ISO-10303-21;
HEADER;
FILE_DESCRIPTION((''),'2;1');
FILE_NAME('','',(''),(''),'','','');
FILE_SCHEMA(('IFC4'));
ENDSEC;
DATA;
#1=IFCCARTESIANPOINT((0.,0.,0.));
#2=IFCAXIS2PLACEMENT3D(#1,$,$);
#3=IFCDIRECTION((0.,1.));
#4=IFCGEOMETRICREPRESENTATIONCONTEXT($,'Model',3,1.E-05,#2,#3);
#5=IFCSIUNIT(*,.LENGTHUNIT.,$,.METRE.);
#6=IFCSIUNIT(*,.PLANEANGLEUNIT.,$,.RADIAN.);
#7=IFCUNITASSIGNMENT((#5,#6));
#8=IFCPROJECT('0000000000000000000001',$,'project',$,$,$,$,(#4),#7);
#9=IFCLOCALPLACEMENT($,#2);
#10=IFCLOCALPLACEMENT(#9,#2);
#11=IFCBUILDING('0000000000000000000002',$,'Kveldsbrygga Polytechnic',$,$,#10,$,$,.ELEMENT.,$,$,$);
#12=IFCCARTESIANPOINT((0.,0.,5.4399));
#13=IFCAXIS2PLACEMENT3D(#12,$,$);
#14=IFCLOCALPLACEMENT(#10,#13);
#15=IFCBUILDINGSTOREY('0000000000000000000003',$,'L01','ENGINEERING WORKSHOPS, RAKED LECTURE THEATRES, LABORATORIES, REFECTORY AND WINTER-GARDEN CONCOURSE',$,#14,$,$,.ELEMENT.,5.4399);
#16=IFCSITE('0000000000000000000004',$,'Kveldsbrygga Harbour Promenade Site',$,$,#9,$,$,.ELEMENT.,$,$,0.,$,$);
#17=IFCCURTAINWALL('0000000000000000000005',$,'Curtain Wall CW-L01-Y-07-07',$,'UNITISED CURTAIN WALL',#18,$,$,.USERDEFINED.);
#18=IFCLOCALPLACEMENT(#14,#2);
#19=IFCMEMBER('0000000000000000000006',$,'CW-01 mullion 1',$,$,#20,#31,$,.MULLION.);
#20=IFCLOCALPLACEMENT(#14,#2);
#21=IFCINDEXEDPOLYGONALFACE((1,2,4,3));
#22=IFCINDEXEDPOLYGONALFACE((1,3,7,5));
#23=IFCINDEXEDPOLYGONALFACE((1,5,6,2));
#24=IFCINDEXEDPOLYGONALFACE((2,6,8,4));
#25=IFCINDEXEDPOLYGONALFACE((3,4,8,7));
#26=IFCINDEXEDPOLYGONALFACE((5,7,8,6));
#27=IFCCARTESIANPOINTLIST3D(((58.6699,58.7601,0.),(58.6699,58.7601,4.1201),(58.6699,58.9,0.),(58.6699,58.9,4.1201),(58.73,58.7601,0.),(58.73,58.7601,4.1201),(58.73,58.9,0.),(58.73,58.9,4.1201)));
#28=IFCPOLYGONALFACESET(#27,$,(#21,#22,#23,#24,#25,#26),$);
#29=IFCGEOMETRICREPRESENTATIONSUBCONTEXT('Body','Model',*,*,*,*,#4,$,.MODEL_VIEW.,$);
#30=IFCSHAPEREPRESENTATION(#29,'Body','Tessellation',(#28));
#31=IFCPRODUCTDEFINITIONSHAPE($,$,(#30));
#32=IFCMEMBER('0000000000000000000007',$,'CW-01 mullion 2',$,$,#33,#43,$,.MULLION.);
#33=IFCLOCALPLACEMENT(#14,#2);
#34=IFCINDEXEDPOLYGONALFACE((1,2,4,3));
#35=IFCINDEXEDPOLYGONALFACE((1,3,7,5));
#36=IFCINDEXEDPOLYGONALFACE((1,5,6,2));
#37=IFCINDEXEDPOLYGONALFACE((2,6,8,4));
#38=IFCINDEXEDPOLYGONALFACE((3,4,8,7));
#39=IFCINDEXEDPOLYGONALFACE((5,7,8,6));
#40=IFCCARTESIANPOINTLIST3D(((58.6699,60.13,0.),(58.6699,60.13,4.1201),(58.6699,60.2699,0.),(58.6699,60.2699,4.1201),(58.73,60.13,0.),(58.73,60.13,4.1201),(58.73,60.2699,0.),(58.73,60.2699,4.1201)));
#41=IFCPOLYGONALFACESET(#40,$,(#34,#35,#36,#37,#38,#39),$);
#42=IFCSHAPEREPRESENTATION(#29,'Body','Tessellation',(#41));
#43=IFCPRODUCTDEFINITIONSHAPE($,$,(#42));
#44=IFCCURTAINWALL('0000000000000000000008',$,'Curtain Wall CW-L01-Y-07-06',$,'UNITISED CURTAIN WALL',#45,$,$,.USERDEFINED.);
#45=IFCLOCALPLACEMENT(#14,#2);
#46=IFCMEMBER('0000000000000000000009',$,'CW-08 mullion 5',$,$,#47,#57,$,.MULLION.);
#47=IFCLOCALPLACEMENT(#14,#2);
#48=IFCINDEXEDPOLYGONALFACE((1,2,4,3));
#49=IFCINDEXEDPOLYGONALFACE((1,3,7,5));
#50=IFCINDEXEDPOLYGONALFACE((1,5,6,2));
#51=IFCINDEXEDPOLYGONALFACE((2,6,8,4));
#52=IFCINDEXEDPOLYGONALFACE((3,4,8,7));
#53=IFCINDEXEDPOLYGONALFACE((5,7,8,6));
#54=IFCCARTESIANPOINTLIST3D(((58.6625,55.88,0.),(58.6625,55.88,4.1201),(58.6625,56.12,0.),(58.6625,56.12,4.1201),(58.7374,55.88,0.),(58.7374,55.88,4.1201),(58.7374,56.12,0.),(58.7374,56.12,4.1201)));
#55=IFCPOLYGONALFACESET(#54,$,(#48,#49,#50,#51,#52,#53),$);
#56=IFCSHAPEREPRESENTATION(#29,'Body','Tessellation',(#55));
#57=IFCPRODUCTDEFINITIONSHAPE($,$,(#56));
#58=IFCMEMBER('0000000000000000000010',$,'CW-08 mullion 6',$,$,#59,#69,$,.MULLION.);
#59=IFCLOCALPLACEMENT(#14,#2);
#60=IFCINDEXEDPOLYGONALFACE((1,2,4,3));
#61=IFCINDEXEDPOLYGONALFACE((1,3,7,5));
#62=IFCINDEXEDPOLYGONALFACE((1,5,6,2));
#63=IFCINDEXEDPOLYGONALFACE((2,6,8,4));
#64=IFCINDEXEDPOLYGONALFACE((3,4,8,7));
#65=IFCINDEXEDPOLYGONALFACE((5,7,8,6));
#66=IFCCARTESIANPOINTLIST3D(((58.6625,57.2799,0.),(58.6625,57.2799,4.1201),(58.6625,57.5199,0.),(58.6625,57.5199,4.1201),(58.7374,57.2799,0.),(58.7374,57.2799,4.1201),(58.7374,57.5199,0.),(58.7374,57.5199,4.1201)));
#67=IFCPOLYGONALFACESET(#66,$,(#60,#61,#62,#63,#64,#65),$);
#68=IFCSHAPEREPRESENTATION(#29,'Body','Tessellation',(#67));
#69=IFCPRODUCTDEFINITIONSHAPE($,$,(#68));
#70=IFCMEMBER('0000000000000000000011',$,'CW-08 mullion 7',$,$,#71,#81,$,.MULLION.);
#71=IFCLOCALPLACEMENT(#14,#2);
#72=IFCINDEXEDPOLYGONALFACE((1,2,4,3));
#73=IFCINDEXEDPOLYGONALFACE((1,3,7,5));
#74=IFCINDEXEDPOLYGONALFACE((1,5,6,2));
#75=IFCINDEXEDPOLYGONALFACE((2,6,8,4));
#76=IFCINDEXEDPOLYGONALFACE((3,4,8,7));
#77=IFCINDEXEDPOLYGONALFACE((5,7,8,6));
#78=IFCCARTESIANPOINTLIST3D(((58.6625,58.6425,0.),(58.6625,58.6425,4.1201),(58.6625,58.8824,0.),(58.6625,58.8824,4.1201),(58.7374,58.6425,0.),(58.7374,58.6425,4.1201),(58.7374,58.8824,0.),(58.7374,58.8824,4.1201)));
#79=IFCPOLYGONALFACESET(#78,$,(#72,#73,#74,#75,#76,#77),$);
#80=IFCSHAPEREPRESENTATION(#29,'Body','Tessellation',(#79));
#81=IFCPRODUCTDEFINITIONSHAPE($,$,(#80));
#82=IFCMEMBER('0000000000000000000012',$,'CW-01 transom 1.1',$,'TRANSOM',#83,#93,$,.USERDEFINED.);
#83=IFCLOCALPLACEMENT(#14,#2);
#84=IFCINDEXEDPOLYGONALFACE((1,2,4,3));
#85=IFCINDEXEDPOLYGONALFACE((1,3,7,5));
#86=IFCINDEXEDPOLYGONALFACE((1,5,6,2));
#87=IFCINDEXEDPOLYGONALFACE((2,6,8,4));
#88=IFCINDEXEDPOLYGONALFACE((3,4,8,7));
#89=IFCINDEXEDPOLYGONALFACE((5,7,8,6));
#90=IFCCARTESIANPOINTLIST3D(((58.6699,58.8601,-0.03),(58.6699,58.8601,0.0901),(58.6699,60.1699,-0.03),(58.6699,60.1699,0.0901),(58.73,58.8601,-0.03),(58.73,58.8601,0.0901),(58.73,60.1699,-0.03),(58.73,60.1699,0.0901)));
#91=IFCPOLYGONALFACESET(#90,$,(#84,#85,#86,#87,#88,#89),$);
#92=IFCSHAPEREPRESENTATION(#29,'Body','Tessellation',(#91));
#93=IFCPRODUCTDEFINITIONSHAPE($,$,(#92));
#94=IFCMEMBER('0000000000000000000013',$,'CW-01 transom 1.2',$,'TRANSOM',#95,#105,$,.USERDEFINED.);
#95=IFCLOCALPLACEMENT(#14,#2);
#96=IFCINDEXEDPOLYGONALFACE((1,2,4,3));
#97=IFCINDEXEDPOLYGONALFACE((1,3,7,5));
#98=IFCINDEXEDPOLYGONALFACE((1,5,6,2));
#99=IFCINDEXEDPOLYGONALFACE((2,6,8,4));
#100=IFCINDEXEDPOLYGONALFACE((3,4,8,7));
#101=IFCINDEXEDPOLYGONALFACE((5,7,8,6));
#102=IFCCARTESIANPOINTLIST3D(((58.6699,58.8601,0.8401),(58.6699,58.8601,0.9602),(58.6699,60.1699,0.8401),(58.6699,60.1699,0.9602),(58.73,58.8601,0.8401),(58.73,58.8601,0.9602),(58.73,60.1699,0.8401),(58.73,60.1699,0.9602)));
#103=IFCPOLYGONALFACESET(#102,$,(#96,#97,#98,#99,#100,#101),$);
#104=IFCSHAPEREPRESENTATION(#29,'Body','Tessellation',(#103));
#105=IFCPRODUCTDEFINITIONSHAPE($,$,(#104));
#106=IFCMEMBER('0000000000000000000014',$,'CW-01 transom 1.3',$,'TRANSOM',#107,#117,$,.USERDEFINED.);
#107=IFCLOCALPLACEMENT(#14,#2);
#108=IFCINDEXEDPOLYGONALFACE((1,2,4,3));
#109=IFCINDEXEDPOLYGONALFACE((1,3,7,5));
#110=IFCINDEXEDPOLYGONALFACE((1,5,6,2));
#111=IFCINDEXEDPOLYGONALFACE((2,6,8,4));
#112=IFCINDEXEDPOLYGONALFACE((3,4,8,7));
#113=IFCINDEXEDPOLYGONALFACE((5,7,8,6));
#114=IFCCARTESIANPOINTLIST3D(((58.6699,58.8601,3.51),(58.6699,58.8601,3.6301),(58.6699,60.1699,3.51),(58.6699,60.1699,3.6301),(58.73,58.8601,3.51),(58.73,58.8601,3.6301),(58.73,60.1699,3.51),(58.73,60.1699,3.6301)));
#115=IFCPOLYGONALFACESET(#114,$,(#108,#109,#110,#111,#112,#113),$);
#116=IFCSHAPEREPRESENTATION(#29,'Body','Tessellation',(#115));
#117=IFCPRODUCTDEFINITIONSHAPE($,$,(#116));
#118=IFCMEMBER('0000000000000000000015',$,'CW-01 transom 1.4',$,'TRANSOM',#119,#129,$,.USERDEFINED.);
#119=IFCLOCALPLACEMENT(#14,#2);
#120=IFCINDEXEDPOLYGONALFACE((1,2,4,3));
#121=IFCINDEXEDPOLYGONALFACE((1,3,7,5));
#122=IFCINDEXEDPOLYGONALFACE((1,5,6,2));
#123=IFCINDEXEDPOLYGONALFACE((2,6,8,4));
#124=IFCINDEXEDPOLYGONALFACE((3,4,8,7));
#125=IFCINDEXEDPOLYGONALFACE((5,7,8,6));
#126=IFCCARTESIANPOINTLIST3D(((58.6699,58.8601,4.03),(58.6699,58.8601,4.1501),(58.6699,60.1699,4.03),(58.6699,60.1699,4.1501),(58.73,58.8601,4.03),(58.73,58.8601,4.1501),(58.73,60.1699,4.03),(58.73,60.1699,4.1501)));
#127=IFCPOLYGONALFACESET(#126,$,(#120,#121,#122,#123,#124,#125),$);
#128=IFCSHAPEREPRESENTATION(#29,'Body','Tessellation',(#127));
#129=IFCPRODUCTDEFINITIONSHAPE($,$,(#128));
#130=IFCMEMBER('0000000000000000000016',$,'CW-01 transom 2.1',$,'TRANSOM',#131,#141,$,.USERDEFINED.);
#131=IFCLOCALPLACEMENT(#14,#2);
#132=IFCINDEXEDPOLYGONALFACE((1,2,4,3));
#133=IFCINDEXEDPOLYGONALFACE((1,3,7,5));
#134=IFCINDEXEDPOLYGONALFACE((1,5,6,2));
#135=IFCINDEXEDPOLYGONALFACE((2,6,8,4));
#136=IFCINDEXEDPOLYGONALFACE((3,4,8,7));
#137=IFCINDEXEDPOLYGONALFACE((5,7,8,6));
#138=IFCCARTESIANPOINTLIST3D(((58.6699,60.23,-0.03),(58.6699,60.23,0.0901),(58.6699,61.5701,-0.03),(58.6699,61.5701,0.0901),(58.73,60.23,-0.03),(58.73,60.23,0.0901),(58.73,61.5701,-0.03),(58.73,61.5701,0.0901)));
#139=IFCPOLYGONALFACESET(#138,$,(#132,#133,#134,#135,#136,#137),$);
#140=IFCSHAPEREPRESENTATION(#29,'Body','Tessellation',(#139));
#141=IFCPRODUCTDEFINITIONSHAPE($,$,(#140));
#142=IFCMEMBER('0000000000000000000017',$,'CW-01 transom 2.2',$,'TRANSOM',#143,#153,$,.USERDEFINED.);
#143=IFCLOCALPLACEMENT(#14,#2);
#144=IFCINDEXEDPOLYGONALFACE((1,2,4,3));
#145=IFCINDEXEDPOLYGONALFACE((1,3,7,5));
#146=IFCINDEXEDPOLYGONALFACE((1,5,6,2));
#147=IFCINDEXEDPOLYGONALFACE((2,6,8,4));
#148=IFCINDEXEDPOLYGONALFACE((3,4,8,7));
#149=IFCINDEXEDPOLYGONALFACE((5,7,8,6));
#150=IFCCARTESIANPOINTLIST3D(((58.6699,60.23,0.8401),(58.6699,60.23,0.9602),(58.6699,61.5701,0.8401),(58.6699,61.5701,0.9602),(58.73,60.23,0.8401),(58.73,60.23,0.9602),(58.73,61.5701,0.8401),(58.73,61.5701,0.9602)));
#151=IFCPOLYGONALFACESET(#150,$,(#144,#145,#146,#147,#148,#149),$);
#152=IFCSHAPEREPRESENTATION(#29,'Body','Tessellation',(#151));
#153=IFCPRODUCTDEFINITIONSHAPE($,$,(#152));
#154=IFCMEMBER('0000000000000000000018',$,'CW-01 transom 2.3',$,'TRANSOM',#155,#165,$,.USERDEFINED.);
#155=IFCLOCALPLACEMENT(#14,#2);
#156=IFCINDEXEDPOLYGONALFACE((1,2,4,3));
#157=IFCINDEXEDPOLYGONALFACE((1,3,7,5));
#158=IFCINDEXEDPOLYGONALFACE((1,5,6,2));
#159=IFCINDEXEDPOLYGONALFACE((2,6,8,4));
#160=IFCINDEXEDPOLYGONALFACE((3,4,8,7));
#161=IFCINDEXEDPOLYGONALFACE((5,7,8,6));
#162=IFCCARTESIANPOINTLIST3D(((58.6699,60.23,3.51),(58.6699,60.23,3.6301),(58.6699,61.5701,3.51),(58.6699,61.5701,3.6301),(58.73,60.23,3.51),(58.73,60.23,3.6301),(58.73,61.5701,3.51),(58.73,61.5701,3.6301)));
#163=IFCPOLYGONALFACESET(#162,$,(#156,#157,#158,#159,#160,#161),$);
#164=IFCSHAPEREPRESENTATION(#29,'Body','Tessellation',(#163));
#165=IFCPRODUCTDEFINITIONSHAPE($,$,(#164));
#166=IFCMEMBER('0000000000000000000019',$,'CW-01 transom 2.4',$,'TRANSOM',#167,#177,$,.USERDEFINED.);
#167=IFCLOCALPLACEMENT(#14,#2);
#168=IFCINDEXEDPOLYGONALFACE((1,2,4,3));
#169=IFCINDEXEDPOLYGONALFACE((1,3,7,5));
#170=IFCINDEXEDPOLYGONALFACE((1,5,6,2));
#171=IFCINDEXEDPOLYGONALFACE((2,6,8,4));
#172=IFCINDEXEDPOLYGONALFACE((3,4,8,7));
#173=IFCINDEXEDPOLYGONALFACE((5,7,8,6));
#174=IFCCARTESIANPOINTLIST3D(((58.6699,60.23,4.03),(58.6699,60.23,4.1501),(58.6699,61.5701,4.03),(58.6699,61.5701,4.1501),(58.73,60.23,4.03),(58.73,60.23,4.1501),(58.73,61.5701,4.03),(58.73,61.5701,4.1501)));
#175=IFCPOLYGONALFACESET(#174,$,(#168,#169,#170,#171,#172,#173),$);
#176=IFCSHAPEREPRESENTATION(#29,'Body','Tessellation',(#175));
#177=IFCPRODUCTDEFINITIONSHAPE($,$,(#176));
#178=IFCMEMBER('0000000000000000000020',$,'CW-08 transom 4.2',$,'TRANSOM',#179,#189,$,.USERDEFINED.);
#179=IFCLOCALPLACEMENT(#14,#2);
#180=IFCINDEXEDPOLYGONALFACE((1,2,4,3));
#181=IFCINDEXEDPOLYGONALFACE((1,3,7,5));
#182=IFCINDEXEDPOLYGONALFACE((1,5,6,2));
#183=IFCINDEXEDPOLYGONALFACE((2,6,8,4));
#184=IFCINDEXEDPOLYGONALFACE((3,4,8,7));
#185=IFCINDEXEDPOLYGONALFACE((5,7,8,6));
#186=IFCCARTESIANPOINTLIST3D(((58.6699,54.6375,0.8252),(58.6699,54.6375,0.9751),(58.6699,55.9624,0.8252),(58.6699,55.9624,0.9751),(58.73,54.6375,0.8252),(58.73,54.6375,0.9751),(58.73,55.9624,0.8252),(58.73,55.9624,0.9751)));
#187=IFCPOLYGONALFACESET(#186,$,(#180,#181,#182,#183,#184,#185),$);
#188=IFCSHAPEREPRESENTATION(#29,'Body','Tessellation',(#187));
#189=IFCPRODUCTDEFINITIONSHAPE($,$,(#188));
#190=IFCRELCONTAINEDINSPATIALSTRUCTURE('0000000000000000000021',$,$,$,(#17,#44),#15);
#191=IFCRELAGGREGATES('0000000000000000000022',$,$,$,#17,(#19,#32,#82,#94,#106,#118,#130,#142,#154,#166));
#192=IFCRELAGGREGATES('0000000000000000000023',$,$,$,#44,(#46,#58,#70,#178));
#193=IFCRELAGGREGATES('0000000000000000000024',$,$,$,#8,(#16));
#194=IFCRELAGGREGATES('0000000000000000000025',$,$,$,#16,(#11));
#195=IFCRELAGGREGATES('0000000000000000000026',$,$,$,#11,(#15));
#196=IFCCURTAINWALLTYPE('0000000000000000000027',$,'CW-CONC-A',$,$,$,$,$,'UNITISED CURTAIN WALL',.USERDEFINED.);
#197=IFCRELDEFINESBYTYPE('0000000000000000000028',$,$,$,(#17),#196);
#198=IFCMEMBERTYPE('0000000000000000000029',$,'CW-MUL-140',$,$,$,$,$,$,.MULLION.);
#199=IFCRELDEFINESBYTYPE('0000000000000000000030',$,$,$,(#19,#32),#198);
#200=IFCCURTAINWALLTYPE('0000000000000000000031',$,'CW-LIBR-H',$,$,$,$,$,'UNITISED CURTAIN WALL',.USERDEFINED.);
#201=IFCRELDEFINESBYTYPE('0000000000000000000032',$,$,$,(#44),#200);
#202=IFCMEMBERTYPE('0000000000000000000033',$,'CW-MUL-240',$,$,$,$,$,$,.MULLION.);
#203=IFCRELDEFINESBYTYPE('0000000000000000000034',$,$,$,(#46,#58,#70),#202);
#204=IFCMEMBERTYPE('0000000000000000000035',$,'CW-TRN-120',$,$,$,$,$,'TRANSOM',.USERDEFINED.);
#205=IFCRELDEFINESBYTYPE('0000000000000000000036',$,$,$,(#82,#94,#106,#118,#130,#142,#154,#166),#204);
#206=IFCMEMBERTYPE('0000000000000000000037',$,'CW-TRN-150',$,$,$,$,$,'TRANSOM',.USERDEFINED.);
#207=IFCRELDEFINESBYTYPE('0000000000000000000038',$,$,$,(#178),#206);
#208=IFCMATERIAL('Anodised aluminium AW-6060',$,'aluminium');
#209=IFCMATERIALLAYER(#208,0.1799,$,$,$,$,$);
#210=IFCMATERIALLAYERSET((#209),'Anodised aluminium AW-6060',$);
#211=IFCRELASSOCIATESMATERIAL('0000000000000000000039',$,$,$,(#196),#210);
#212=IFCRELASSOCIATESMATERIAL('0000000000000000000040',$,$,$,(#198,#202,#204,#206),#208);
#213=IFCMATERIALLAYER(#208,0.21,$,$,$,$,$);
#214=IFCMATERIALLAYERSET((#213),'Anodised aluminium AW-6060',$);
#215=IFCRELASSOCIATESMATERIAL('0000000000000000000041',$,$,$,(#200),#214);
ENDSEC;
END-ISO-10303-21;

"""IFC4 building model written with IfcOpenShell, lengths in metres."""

from ifc_helpers import new_model, si_unit, direction, frame, origin, origin_2d, place, context, subcontext, project, spatial, rectangle, extrude, material, layer, layer_set, material_profile, profile_set, type_object, element, aggregate, save


model = new_model("IFC4")

# Units and contexts
model_context = context("Model", 3, precision=1e-05, world=origin(), true_north=direction((0.0, 1.0)))
body_context = subcontext(model_context, "Body", "Model", "MODEL_VIEW")
ifc_project = project(units=[si_unit("LENGTHUNIT", "METRE"), si_unit("PLANEANGLEUNIT", "RADIAN")], contexts=[model_context])

# Site, building, storey
site_placement = place(None, origin())
site = spatial("IfcSite", under=ifc_project, at=site_placement, Name="Kveldsbrygga Harbour Promenade Site", CompositionType="ELEMENT", RefElevation=0.0)
building_placement = place(site_placement, origin())
building = spatial("IfcBuilding", under=site, at=building_placement, Name="Kveldsbrygga Polytechnic", CompositionType="ELEMENT")
storey_placement = place(building_placement, frame((0.0, 0.0, 5.4399)))
storey = spatial("IfcBuildingStorey", under=building, at=storey_placement, Name="L01", Description="ENGINEERING WORKSHOPS, RAKED LECTURE THEATRES, LABORATORIES, REFECTORY AND WINTER-GARDEN CONCOURSE", CompositionType="ELEMENT", Elevation=5.4399)

# Curtain walls, members
ifc_material_1 = material(Name="Anodised aluminium AW-6060", Category="aluminium")
ifc_layer_1 = layer(ifc_material_1, 0.1799)
ifc_layer_set_1 = layer_set([ifc_layer_1], Name="Anodised aluminium AW-6060")
curtain_wall_type_1 = type_object("IfcCurtainWallType", Name="CW-CONC-A", ElementType="UNITISED CURTAIN WALL", PredefinedType="USERDEFINED", material=ifc_layer_set_1)
curtain_wall_1_placement = place(storey_placement, origin())
curtain_wall_1 = element("IfcCurtainWall", 1, at=curtain_wall_1_placement, inside=storey, type_object=curtain_wall_type_1, Name="Curtain Wall CW-L01-Y-07-07", ObjectType="UNITISED CURTAIN WALL", PredefinedType="USERDEFINED")
ifc_material_profile_1 = material_profile(ifc_material_1, rectangle(XDim=0.0601, YDim=0.1399, at=origin_2d()), Name="ALU 60x140")
ifc_profile_set_1 = profile_set([ifc_material_profile_1], Name="Anodised aluminium AW-6060")
member_type_1 = type_object("IfcMemberType", Name="CW-MUL-140", PredefinedType="MULLION", material=ifc_profile_set_1)
member_1_placement = place(storey_placement, frame((58.7, 58.8301, 0.0), z_axis=(0.0, 0.0, 1.0), x_axis=(-1.0, 0.0, 0.0)))
member_1 = element("IfcMember", 2, at=member_1_placement, type_object=member_type_1, Name="CW-01 mullion 1", PredefinedType="MULLION", context=body_context, shape_type="SweptSolid", body=[
    extrude(rectangle(XDim=0.0601, YDim=0.1399, at=origin_2d()), origin(), (0.0, 0.0, 1.0), 4.1201),
])
member_2_placement = place(storey_placement, frame((58.7, 60.2, 0.0), z_axis=(0.0, 0.0, 1.0), x_axis=(-1.0, 0.0, 0.0)))
member_2 = element("IfcMember", 3, at=member_2_placement, type_object=member_type_1, Name="CW-01 mullion 2", PredefinedType="MULLION", context=body_context, shape_type="SweptSolid", body=[
    extrude(rectangle(XDim=0.0601, YDim=0.1399, at=origin_2d()), origin(), (0.0, 0.0, 1.0), 4.1201),
])
ifc_layer_2 = layer(ifc_material_1, 0.21)
ifc_layer_set_2 = layer_set([ifc_layer_2], Name="Anodised aluminium AW-6060")
curtain_wall_type_2 = type_object("IfcCurtainWallType", Name="CW-LIBR-H", ElementType="UNITISED CURTAIN WALL", PredefinedType="USERDEFINED", material=ifc_layer_set_2)
curtain_wall_2_placement = place(storey_placement, origin())
curtain_wall_2 = element("IfcCurtainWall", 4, at=curtain_wall_2_placement, inside=storey, type_object=curtain_wall_type_2, Name="Curtain Wall CW-L01-Y-07-06", ObjectType="UNITISED CURTAIN WALL", PredefinedType="USERDEFINED")
ifc_material_profile_2 = material_profile(ifc_material_1, rectangle(XDim=0.075, YDim=0.24, at=origin_2d()), Name="ALU 75x240")
ifc_profile_set_2 = profile_set([ifc_material_profile_2], Name="Anodised aluminium AW-6060")
member_type_2 = type_object("IfcMemberType", Name="CW-MUL-240", PredefinedType="MULLION", material=ifc_profile_set_2)
member_3_placement = place(storey_placement, frame((58.7, 56.0, 0.0), z_axis=(0.0, 0.0, 1.0), x_axis=(-1.0, 0.0, 0.0)))
member_3 = element("IfcMember", 5, at=member_3_placement, type_object=member_type_2, Name="CW-08 mullion 5", PredefinedType="MULLION", context=body_context, shape_type="SweptSolid", body=[
    extrude(rectangle(XDim=0.075, YDim=0.24, at=origin_2d()), origin(), (0.0, 0.0, 1.0), 4.1201),
])
member_4_placement = place(storey_placement, frame((58.7, 57.3999, 0.0), z_axis=(0.0, 0.0, 1.0), x_axis=(-1.0, 0.0, 0.0)))
member_4 = element("IfcMember", 6, at=member_4_placement, type_object=member_type_2, Name="CW-08 mullion 6", PredefinedType="MULLION", context=body_context, shape_type="SweptSolid", body=[
    extrude(rectangle(XDim=0.075, YDim=0.24, at=origin_2d()), origin(), (0.0, 0.0, 1.0), 4.1201),
])
member_5_placement = place(storey_placement, frame((58.7, 58.7625, 0.0), z_axis=(0.0, 0.0, 1.0), x_axis=(-1.0, 0.0, 0.0)))
member_5 = element("IfcMember", 7, at=member_5_placement, type_object=member_type_2, Name="CW-08 mullion 7", PredefinedType="MULLION", context=body_context, shape_type="SweptSolid", body=[
    extrude(rectangle(XDim=0.075, YDim=0.24, at=origin_2d()), origin(), (0.0, 0.0, 1.0), 4.1201),
])

# Members
ifc_material_profile_3 = material_profile(ifc_material_1, rectangle(XDim=0.0601, YDim=0.1201, at=origin_2d()), Name="ALU 60x120")
ifc_profile_set_3 = profile_set([ifc_material_profile_3], Name="Anodised aluminium AW-6060")
member_type_3 = type_object("IfcMemberType", Name="CW-TRN-120", ElementType="TRANSOM", PredefinedType="USERDEFINED", material=ifc_profile_set_3)
member_6_placement = place(storey_placement, frame((58.7, 58.8601, 0.03), z_axis=(0.0, 1.0, 0.0), x_axis=(-1.0, 0.0, 0.0)))
member_6 = element("IfcMember", 8, at=member_6_placement, type_object=member_type_3, Name="CW-01 transom 1.1", ObjectType="TRANSOM", PredefinedType="USERDEFINED", context=body_context, shape_type="SweptSolid", body=[
    extrude(rectangle(XDim=0.0601, YDim=0.1201, at=origin_2d()), origin(), (0.0, 0.0, 1.0), 1.3098),
])
member_7_placement = place(storey_placement, frame((58.7, 58.8601, 0.9001), z_axis=(0.0, 1.0, 0.0), x_axis=(-1.0, 0.0, 0.0)))
member_7 = element("IfcMember", 9, at=member_7_placement, type_object=member_type_3, Name="CW-01 transom 1.2", ObjectType="TRANSOM", PredefinedType="USERDEFINED", context=body_context, shape_type="SweptSolid", body=[
    extrude(rectangle(XDim=0.0601, YDim=0.1201, at=origin_2d()), origin(), (0.0, 0.0, 1.0), 1.3098),
])
member_8_placement = place(storey_placement, frame((58.7, 58.8601, 3.5701), z_axis=(0.0, 1.0, 0.0), x_axis=(-1.0, 0.0, 0.0)))
member_8 = element("IfcMember", 10, at=member_8_placement, type_object=member_type_3, Name="CW-01 transom 1.3", ObjectType="TRANSOM", PredefinedType="USERDEFINED", context=body_context, shape_type="SweptSolid", body=[
    extrude(rectangle(XDim=0.0601, YDim=0.1201, at=origin_2d()), origin(), (0.0, 0.0, 1.0), 1.3098),
])
member_9_placement = place(storey_placement, frame((58.7, 58.8601, 4.0901), z_axis=(0.0, 1.0, 0.0), x_axis=(-1.0, 0.0, 0.0)))
member_9 = element("IfcMember", 11, at=member_9_placement, type_object=member_type_3, Name="CW-01 transom 1.4", ObjectType="TRANSOM", PredefinedType="USERDEFINED", context=body_context, shape_type="SweptSolid", body=[
    extrude(rectangle(XDim=0.0601, YDim=0.1201, at=origin_2d()), origin(), (0.0, 0.0, 1.0), 1.3098),
])
member_10_placement = place(storey_placement, frame((58.7, 60.23, 0.03), z_axis=(0.0, 1.0, 0.0), x_axis=(-1.0, 0.0, 0.0)))
member_10 = element("IfcMember", 12, at=member_10_placement, type_object=member_type_3, Name="CW-01 transom 2.1", ObjectType="TRANSOM", PredefinedType="USERDEFINED", context=body_context, shape_type="SweptSolid", body=[
    extrude(rectangle(XDim=0.0601, YDim=0.1201, at=origin_2d()), origin(), (0.0, 0.0, 1.0), 1.3401),
])
member_11_placement = place(storey_placement, frame((58.7, 60.23, 0.9001), z_axis=(0.0, 1.0, 0.0), x_axis=(-1.0, 0.0, 0.0)))
member_11 = element("IfcMember", 13, at=member_11_placement, type_object=member_type_3, Name="CW-01 transom 2.2", ObjectType="TRANSOM", PredefinedType="USERDEFINED", context=body_context, shape_type="SweptSolid", body=[
    extrude(rectangle(XDim=0.0601, YDim=0.1201, at=origin_2d()), origin(), (0.0, 0.0, 1.0), 1.3401),
])
member_12_placement = place(storey_placement, frame((58.7, 60.23, 3.5701), z_axis=(0.0, 1.0, 0.0), x_axis=(-1.0, 0.0, 0.0)))
member_12 = element("IfcMember", 14, at=member_12_placement, type_object=member_type_3, Name="CW-01 transom 2.3", ObjectType="TRANSOM", PredefinedType="USERDEFINED", context=body_context, shape_type="SweptSolid", body=[
    extrude(rectangle(XDim=0.0601, YDim=0.1201, at=origin_2d()), origin(), (0.0, 0.0, 1.0), 1.3401),
])
member_13_placement = place(storey_placement, frame((58.7, 60.23, 4.0901), z_axis=(0.0, 1.0, 0.0), x_axis=(-1.0, 0.0, 0.0)))
member_13 = element("IfcMember", 15, at=member_13_placement, type_object=member_type_3, Name="CW-01 transom 2.4", ObjectType="TRANSOM", PredefinedType="USERDEFINED", context=body_context, shape_type="SweptSolid", body=[
    extrude(rectangle(XDim=0.0601, YDim=0.1201, at=origin_2d()), origin(), (0.0, 0.0, 1.0), 1.3401),
])
ifc_material_profile_4 = material_profile(ifc_material_1, rectangle(XDim=0.0601, YDim=0.1499, at=origin_2d()), Name="ALU 60x150")
ifc_profile_set_4 = profile_set([ifc_material_profile_4], Name="Anodised aluminium AW-6060")
member_type_4 = type_object("IfcMemberType", Name="CW-TRN-150", ElementType="TRANSOM", PredefinedType="USERDEFINED", material=ifc_profile_set_4)
member_14_placement = place(storey_placement, frame((58.7, 54.6375, 0.9001), z_axis=(0.0, 1.0, 0.0), x_axis=(-1.0, 0.0, 0.0)))
member_14 = element("IfcMember", 16, at=member_14_placement, type_object=member_type_4, Name="CW-08 transom 4.2", ObjectType="TRANSOM", PredefinedType="USERDEFINED", context=body_context, shape_type="SweptSolid", body=[
    extrude(rectangle(XDim=0.0601, YDim=0.1499, at=origin_2d()), origin(), (0.0, 0.0, 1.0), 1.325),
])

aggregate(curtain_wall_1, [member_1, member_2, member_6, member_7, member_8, member_9, member_10, member_11, member_12, member_13])
aggregate(curtain_wall_2, [member_3, member_4, member_5, member_14])

save(model, "model.ifc")
